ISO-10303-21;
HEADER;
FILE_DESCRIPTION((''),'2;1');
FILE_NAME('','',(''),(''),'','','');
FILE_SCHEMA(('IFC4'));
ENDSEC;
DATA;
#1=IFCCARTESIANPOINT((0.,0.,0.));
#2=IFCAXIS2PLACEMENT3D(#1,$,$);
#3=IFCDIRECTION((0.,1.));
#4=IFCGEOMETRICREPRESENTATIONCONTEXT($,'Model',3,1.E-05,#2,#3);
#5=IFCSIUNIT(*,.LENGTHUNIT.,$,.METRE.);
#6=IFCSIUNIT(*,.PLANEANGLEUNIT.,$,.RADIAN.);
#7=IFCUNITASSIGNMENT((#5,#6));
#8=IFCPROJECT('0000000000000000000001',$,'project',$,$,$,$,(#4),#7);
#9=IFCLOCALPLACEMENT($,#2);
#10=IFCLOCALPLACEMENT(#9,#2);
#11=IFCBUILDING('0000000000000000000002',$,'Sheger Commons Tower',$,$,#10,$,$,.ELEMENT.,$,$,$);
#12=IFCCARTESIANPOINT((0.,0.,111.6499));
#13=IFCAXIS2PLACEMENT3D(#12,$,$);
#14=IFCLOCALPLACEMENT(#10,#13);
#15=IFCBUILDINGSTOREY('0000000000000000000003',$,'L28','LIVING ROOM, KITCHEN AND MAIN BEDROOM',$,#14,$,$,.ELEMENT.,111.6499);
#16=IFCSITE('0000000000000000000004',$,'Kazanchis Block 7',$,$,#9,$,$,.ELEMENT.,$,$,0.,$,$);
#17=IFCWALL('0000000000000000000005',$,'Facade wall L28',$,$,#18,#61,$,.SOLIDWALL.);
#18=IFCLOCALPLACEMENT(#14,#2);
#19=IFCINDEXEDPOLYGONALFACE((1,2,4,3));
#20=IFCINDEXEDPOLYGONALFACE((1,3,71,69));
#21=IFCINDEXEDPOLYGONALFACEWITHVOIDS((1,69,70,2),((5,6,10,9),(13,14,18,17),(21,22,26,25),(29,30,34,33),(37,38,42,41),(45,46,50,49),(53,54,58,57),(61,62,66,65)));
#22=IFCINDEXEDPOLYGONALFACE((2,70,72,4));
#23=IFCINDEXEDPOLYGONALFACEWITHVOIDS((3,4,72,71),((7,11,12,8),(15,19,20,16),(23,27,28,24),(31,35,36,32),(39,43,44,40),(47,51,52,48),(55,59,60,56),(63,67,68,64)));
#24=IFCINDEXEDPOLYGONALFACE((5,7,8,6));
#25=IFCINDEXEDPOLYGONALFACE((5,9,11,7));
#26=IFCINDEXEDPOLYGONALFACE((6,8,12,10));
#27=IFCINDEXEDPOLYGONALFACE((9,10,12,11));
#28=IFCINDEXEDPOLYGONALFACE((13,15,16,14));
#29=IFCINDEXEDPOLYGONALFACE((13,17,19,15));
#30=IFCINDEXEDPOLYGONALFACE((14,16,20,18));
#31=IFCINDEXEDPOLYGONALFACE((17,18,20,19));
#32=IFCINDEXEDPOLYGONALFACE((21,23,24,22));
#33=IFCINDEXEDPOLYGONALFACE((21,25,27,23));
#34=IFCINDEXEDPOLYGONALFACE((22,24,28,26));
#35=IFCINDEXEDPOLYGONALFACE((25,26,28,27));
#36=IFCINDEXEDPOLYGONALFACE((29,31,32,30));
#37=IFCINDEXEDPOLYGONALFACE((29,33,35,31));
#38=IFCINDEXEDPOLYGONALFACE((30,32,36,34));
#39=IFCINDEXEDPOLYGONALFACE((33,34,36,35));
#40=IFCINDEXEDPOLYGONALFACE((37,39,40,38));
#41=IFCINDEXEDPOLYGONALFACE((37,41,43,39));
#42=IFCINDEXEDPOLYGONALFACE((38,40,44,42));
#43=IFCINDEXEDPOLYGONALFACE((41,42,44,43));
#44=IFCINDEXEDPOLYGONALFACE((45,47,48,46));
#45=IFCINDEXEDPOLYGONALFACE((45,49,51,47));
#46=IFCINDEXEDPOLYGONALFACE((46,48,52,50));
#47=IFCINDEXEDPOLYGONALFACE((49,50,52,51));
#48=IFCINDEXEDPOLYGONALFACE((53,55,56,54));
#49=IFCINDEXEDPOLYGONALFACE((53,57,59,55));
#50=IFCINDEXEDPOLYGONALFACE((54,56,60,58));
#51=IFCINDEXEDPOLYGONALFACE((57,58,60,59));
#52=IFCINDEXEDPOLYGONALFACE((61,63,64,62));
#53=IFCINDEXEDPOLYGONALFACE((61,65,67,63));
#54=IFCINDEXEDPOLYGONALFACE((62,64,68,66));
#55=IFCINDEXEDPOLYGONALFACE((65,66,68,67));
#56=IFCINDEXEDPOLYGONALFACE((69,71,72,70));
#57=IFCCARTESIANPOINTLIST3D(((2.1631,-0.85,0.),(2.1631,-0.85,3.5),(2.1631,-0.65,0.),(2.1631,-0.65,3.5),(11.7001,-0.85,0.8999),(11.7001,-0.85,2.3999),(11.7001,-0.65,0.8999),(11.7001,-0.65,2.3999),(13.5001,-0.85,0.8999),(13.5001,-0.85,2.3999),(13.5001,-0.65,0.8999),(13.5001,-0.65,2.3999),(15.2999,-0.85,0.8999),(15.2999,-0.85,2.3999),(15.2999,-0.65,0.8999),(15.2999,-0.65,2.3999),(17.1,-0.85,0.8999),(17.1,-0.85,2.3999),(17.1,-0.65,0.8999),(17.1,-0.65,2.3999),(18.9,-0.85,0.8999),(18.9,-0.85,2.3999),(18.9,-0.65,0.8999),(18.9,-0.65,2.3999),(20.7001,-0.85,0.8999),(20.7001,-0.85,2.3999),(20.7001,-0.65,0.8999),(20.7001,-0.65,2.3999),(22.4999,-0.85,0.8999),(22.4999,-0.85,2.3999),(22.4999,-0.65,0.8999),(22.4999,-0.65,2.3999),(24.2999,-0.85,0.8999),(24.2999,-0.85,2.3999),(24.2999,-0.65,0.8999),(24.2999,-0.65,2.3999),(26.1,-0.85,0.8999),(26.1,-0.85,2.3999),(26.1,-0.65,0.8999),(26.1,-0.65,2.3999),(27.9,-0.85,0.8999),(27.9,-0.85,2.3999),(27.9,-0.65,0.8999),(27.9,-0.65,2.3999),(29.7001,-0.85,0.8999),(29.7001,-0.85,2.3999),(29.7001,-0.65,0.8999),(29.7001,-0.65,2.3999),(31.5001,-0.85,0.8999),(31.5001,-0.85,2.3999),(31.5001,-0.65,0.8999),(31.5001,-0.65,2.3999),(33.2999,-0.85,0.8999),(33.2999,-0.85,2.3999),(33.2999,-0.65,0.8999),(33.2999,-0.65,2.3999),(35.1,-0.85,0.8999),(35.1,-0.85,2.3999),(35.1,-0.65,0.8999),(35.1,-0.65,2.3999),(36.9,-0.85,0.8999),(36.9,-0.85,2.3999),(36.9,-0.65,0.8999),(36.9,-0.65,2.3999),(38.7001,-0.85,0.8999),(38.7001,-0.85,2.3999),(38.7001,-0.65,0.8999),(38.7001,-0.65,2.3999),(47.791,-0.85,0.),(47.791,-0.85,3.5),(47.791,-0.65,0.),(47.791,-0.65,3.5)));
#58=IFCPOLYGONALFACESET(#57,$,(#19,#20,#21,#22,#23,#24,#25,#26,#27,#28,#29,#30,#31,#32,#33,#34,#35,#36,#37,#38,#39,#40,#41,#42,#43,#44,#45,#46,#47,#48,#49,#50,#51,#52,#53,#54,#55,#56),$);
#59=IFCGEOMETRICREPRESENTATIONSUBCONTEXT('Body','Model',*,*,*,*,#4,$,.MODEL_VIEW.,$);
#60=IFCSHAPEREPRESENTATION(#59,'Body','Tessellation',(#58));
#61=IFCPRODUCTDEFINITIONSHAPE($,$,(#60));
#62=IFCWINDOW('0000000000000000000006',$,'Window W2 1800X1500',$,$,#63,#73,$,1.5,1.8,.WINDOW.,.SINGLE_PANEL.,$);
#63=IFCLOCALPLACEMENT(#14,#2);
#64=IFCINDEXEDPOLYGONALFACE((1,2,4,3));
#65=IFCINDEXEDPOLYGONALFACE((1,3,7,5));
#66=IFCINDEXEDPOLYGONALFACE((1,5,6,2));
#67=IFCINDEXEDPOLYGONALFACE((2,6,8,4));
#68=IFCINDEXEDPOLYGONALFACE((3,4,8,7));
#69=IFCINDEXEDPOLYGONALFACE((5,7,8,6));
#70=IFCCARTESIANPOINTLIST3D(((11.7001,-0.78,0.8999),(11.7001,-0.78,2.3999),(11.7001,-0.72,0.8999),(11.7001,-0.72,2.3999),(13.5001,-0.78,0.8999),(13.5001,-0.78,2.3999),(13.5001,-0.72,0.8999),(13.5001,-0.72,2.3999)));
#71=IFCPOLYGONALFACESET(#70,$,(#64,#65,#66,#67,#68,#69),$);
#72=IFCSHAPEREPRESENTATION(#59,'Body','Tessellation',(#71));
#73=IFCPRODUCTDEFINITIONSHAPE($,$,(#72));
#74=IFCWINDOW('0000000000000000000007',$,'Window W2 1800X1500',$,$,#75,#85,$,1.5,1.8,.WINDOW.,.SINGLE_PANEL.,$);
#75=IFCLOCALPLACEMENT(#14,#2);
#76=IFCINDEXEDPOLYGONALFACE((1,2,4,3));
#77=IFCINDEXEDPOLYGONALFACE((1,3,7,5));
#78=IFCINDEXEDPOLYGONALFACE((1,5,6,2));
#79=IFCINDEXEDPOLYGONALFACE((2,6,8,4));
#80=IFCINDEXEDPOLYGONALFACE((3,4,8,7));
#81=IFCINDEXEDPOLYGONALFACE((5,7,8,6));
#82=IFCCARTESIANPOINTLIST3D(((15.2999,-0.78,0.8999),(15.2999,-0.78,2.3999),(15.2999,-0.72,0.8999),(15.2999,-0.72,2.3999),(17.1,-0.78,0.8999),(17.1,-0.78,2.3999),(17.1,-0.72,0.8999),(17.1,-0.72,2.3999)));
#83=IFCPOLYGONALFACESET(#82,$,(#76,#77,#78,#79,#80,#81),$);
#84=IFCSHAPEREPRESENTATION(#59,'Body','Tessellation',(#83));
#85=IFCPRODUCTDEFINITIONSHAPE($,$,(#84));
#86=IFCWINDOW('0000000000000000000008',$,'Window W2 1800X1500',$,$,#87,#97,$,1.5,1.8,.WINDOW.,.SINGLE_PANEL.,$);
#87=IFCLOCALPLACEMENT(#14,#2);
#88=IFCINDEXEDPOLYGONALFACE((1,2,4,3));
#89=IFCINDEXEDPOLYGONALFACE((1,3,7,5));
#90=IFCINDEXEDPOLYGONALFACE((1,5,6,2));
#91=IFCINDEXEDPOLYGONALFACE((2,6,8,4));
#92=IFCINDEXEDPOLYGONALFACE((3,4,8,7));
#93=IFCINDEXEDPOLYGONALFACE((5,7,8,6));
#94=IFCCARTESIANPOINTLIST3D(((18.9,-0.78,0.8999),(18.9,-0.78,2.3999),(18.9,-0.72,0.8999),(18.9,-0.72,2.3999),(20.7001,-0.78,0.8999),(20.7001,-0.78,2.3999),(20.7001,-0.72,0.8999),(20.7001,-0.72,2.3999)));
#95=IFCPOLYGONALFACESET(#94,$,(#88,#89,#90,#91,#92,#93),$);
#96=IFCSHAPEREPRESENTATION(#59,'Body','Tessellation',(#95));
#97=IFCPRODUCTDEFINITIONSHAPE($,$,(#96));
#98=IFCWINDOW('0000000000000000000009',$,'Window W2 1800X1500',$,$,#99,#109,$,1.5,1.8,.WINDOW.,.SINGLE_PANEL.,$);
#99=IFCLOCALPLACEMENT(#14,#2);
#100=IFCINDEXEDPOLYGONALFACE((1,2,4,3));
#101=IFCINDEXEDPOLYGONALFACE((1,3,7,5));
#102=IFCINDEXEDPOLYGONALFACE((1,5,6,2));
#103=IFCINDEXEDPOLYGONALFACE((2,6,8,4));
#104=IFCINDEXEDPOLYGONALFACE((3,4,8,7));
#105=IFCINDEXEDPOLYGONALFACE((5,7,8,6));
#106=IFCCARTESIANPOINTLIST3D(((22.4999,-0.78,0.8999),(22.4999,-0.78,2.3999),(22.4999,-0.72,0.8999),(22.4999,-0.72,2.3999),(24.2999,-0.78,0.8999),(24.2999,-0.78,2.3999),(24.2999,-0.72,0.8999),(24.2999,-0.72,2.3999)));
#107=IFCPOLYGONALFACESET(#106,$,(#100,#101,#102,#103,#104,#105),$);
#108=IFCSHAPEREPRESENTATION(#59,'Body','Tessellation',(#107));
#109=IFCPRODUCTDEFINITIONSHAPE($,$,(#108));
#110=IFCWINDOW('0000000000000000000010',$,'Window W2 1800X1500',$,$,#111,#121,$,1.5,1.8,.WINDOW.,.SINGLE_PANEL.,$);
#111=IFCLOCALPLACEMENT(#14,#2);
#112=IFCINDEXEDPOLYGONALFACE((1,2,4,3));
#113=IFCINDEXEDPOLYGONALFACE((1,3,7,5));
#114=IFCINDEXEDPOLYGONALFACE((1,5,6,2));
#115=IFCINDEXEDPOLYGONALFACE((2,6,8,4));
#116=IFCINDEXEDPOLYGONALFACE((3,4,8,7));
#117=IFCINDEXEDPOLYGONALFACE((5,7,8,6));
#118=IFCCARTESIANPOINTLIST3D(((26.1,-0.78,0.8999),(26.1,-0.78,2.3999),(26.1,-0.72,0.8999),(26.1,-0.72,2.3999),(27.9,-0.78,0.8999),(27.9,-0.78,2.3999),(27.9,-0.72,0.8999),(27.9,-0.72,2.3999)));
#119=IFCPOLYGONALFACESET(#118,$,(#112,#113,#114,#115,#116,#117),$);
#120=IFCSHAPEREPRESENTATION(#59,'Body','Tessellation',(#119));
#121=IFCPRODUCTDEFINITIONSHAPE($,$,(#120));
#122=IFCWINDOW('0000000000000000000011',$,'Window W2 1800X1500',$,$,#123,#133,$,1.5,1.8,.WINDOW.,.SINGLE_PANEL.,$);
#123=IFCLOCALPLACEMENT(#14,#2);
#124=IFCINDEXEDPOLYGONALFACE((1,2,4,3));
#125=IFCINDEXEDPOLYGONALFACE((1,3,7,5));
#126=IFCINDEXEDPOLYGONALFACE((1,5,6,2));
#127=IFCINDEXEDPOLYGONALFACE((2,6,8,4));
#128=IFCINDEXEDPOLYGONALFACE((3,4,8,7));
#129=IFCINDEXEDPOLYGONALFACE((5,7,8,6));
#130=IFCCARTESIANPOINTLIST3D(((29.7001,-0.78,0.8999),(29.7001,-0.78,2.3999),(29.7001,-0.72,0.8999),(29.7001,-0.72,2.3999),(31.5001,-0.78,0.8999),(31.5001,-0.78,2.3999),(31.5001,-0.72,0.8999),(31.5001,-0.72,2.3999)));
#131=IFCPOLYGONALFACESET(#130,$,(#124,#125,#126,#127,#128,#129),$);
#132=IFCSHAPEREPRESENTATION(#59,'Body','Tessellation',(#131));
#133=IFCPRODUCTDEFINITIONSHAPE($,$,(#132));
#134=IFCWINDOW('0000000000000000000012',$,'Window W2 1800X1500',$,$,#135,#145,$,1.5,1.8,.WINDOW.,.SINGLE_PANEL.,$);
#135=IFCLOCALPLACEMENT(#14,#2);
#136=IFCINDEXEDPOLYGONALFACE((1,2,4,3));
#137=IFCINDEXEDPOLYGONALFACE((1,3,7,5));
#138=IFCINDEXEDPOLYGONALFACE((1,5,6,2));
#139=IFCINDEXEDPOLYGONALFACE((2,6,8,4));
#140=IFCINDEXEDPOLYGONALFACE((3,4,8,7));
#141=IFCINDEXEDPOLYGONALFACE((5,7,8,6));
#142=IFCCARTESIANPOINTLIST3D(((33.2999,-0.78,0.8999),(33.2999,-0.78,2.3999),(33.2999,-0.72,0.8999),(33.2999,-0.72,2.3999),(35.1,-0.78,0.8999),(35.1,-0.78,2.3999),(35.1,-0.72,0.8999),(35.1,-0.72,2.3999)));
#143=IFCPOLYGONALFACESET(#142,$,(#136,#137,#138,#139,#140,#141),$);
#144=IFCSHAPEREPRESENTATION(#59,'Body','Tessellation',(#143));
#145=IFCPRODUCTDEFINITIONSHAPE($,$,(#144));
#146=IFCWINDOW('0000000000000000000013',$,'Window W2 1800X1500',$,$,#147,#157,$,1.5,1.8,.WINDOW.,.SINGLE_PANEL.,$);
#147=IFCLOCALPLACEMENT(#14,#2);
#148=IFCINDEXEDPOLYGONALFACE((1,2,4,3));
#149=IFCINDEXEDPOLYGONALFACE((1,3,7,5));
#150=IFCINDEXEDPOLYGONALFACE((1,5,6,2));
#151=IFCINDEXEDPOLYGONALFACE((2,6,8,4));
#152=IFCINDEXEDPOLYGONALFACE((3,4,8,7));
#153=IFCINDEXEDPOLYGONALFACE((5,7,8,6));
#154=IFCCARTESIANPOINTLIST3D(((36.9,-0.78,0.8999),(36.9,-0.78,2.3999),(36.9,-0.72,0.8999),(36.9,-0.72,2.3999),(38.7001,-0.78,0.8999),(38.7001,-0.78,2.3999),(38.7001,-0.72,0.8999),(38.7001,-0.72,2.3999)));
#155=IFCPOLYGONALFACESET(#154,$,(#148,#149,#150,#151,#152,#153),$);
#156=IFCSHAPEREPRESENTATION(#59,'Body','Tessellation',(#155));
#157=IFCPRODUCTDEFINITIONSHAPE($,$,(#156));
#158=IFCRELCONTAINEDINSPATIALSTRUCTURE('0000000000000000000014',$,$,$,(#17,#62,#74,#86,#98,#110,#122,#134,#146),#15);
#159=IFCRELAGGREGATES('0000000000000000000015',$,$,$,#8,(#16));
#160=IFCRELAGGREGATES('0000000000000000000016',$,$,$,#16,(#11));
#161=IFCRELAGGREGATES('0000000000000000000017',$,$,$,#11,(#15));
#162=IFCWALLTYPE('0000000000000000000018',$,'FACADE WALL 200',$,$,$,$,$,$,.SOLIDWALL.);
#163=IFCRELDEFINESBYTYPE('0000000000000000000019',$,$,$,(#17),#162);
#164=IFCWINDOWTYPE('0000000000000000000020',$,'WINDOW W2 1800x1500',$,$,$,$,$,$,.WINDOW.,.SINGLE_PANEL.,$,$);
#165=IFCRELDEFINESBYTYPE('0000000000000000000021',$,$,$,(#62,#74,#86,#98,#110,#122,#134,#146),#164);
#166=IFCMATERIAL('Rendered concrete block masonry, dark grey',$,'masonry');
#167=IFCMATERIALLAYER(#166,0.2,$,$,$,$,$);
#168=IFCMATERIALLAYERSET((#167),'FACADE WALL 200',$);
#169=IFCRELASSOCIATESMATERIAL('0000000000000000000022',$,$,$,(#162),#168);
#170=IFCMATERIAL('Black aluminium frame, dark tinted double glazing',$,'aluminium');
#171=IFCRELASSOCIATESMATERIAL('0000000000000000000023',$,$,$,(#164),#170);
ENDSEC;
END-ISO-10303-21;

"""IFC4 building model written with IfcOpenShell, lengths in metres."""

from ifc_helpers import new_model, si_unit, direction, frame, frame_2d, origin, place, context, subcontext, project, spatial, rectangle, extrude, material, layer, layer_set, type_object, element, fill, save


model = new_model("IFC4")

# Units and contexts
model_context = context("Model", 3, precision=1e-05, world=origin(), true_north=direction((0.0, 1.0)))
body_context = subcontext(model_context, "Body", "Model", "MODEL_VIEW")
ifc_project = project(units=[si_unit("LENGTHUNIT", "METRE"), si_unit("PLANEANGLEUNIT", "RADIAN")], contexts=[model_context])

# Site, building, storey
site_placement = place(None, origin())
site = spatial("IfcSite", under=ifc_project, at=site_placement, Name="Kazanchis Block 7", CompositionType="ELEMENT", RefElevation=0.0)
building_placement = place(site_placement, origin())
building = spatial("IfcBuilding", under=site, at=building_placement, Name="Sheger Commons Tower", CompositionType="ELEMENT")
storey_placement = place(building_placement, frame((0.0, 0.0, 111.6499)))
storey = spatial("IfcBuildingStorey", under=building, at=storey_placement, Name="L28", Description="LIVING ROOM, KITCHEN AND MAIN BEDROOM", CompositionType="ELEMENT", Elevation=111.6499)

# Wall, openings, windows
ifc_material_1 = material(Name="Rendered concrete block masonry, dark grey", Category="masonry")
ifc_layer_1 = layer(ifc_material_1, 0.2)
ifc_layer_set_1 = layer_set([ifc_layer_1], Name="FACADE WALL 200")
wall_type_1 = type_object("IfcWallType", Name="FACADE WALL 200", PredefinedType="SOLIDWALL", material=ifc_layer_set_1)
wall_1_placement = place(storey_placement, frame((2.1631, -0.75, 0.0), z_axis=(0.0, 0.0, 1.0), x_axis=(1.0, 0.0, 0.0)))
wall_1 = element("IfcWall", 1, at=wall_1_placement, inside=storey, type_object=wall_type_1, Name="Facade wall L28", PredefinedType="SOLIDWALL", context=body_context, shape_type="SweptSolid", body=[
    extrude(rectangle(XDim=45.6279, YDim=0.2, at=frame_2d((22.814, 0.0))), origin(), (0.0, 0.0, 1.0), 3.5),
])
opening_1_placement = place(wall_1_placement, frame((9.5371, 0.0, 0.8999)))
opening_1 = element("IfcOpeningElement", 2, at=opening_1_placement, cuts=wall_1, PredefinedType="OPENING", context=body_context, shape_type="SweptSolid", body=[
    extrude(rectangle(XDim=1.8, YDim=1.5, at=frame_2d((0.8999, 0.75))), frame((0.0, 0.1099, 0.0), z_axis=(0.0, -1.0, 0.0), x_axis=(1.0, 0.0, 0.0)), (0.0, 0.0, 1.0), 0.22),
])
opening_2_placement = place(wall_1_placement, frame((13.137, 0.0, 0.8999)))
opening_2 = element("IfcOpeningElement", 3, at=opening_2_placement, cuts=wall_1, PredefinedType="OPENING", context=body_context, shape_type="SweptSolid", body=[
    extrude(rectangle(XDim=1.8, YDim=1.5, at=frame_2d((0.8999, 0.75))), frame((0.0, 0.1099, 0.0), z_axis=(0.0, -1.0, 0.0), x_axis=(1.0, 0.0, 0.0)), (0.0, 0.0, 1.0), 0.22),
])
opening_3_placement = place(wall_1_placement, frame((16.7371, 0.0, 0.8999)))
opening_3 = element("IfcOpeningElement", 4, at=opening_3_placement, cuts=wall_1, PredefinedType="OPENING", context=body_context, shape_type="SweptSolid", body=[
    extrude(rectangle(XDim=1.8, YDim=1.5, at=frame_2d((0.8999, 0.75))), frame((0.0, 0.1099, 0.0), z_axis=(0.0, -1.0, 0.0), x_axis=(1.0, 0.0, 0.0)), (0.0, 0.0, 1.0), 0.22),
])
opening_4_placement = place(wall_1_placement, frame((20.3369, 0.0, 0.8999)))
opening_4 = element("IfcOpeningElement", 5, at=opening_4_placement, cuts=wall_1, PredefinedType="OPENING", context=body_context, shape_type="SweptSolid", body=[
    extrude(rectangle(XDim=1.8, YDim=1.5, at=frame_2d((0.8999, 0.75))), frame((0.0, 0.1099, 0.0), z_axis=(0.0, -1.0, 0.0), x_axis=(1.0, 0.0, 0.0)), (0.0, 0.0, 1.0), 0.22),
])
opening_5_placement = place(wall_1_placement, frame((23.937, 0.0, 0.8999)))
opening_5 = element("IfcOpeningElement", 6, at=opening_5_placement, cuts=wall_1, PredefinedType="OPENING", context=body_context, shape_type="SweptSolid", body=[
    extrude(rectangle(XDim=1.8, YDim=1.5, at=frame_2d((0.8999, 0.75))), frame((0.0, 0.1099, 0.0), z_axis=(0.0, -1.0, 0.0), x_axis=(1.0, 0.0, 0.0)), (0.0, 0.0, 1.0), 0.22),
])
opening_6_placement = place(wall_1_placement, frame((27.5371, 0.0, 0.8999)))
opening_6 = element("IfcOpeningElement", 7, at=opening_6_placement, cuts=wall_1, PredefinedType="OPENING", context=body_context, shape_type="SweptSolid", body=[
    extrude(rectangle(XDim=1.8, YDim=1.5, at=frame_2d((0.8999, 0.75))), frame((0.0, 0.1099, 0.0), z_axis=(0.0, -1.0, 0.0), x_axis=(1.0, 0.0, 0.0)), (0.0, 0.0, 1.0), 0.22),
])
opening_7_placement = place(wall_1_placement, frame((31.137, 0.0, 0.8999)))
opening_7 = element("IfcOpeningElement", 8, at=opening_7_placement, cuts=wall_1, PredefinedType="OPENING", context=body_context, shape_type="SweptSolid", body=[
    extrude(rectangle(XDim=1.8, YDim=1.5, at=frame_2d((0.8999, 0.75))), frame((0.0, 0.1099, 0.0), z_axis=(0.0, -1.0, 0.0), x_axis=(1.0, 0.0, 0.0)), (0.0, 0.0, 1.0), 0.22),
])
opening_8_placement = place(wall_1_placement, frame((34.7371, 0.0, 0.8999)))
opening_8 = element("IfcOpeningElement", 9, at=opening_8_placement, cuts=wall_1, PredefinedType="OPENING", context=body_context, shape_type="SweptSolid", body=[
    extrude(rectangle(XDim=1.8, YDim=1.5, at=frame_2d((0.8999, 0.75))), frame((0.0, 0.1099, 0.0), z_axis=(0.0, -1.0, 0.0), x_axis=(1.0, 0.0, 0.0)), (0.0, 0.0, 1.0), 0.22),
])
ifc_material_2 = material(Name="Black aluminium frame, dark tinted double glazing", Category="aluminium")
window_type = type_object("IfcWindowType", Name="WINDOW W2 1800x1500", PartitioningType="SINGLE_PANEL", PredefinedType="WINDOW", material=ifc_material_2)
window_1_placement = place(opening_1_placement, origin())
window_1 = element("IfcWindow", 10, at=window_1_placement, inside=storey, type_object=window_type, Name="Window W2 1800X1500", OverallHeight=1.5, OverallWidth=1.8, PartitioningType="SINGLE_PANEL", PredefinedType="WINDOW", context=body_context, shape_type="SweptSolid", body=[
    extrude(rectangle(XDim=1.8, YDim=1.5, at=frame_2d((0.8999, 0.75))), frame((0.0, 0.03, 0.0), z_axis=(0.0, -1.0, 0.0), x_axis=(1.0, 0.0, 0.0)), (0.0, 0.0, 1.0), 0.0601),
])
fill(opening_1, window_1)
window_2_placement = place(opening_2_placement, origin())
window_2 = element("IfcWindow", 11, at=window_2_placement, inside=storey, type_object=window_type, Name="Window W2 1800X1500", OverallHeight=1.5, OverallWidth=1.8, PartitioningType="SINGLE_PANEL", PredefinedType="WINDOW", context=body_context, shape_type="SweptSolid", body=[
    extrude(rectangle(XDim=1.8, YDim=1.5, at=frame_2d((0.8999, 0.75))), frame((0.0, 0.03, 0.0), z_axis=(0.0, -1.0, 0.0), x_axis=(1.0, 0.0, 0.0)), (0.0, 0.0, 1.0), 0.0601),
])
fill(opening_2, window_2)
window_3_placement = place(opening_3_placement, origin())
window_3 = element("IfcWindow", 12, at=window_3_placement, inside=storey, type_object=window_type, Name="Window W2 1800X1500", OverallHeight=1.5, OverallWidth=1.8, PartitioningType="SINGLE_PANEL", PredefinedType="WINDOW", context=body_context, shape_type="SweptSolid", body=[
    extrude(rectangle(XDim=1.8, YDim=1.5, at=frame_2d((0.8999, 0.75))), frame((0.0, 0.03, 0.0), z_axis=(0.0, -1.0, 0.0), x_axis=(1.0, 0.0, 0.0)), (0.0, 0.0, 1.0), 0.0601),
])
fill(opening_3, window_3)
window_4_placement = place(opening_4_placement, origin())
window_4 = element("IfcWindow", 13, at=window_4_placement, inside=storey, type_object=window_type, Name="Window W2 1800X1500", OverallHeight=1.5, OverallWidth=1.8, PartitioningType="SINGLE_PANEL", PredefinedType="WINDOW", context=body_context, shape_type="SweptSolid", body=[
    extrude(rectangle(XDim=1.8, YDim=1.5, at=frame_2d((0.8999, 0.75))), frame((0.0, 0.03, 0.0), z_axis=(0.0, -1.0, 0.0), x_axis=(1.0, 0.0, 0.0)), (0.0, 0.0, 1.0), 0.0601),
])
fill(opening_4, window_4)
window_5_placement = place(opening_5_placement, origin())
window_5 = element("IfcWindow", 14, at=window_5_placement, inside=storey, type_object=window_type, Name="Window W2 1800X1500", OverallHeight=1.5, OverallWidth=1.8, PartitioningType="SINGLE_PANEL", PredefinedType="WINDOW", context=body_context, shape_type="SweptSolid", body=[
    extrude(rectangle(XDim=1.8, YDim=1.5, at=frame_2d((0.8999, 0.75))), frame((0.0, 0.03, 0.0), z_axis=(0.0, -1.0, 0.0), x_axis=(1.0, 0.0, 0.0)), (0.0, 0.0, 1.0), 0.0601),
])
fill(opening_5, window_5)
window_6_placement = place(opening_6_placement, origin())
window_6 = element("IfcWindow", 15, at=window_6_placement, inside=storey, type_object=window_type, Name="Window W2 1800X1500", OverallHeight=1.5, OverallWidth=1.8, PartitioningType="SINGLE_PANEL", PredefinedType="WINDOW", context=body_context, shape_type="SweptSolid", body=[
    extrude(rectangle(XDim=1.8, YDim=1.5, at=frame_2d((0.8999, 0.75))), frame((0.0, 0.03, 0.0), z_axis=(0.0, -1.0, 0.0), x_axis=(1.0, 0.0, 0.0)), (0.0, 0.0, 1.0), 0.0601),
])
fill(opening_6, window_6)
window_7_placement = place(opening_7_placement, origin())
window_7 = element("IfcWindow", 16, at=window_7_placement, inside=storey, type_object=window_type, Name="Window W2 1800X1500", OverallHeight=1.5, OverallWidth=1.8, PartitioningType="SINGLE_PANEL", PredefinedType="WINDOW", context=body_context, shape_type="SweptSolid", body=[
    extrude(rectangle(XDim=1.8, YDim=1.5, at=frame_2d((0.8999, 0.75))), frame((0.0, 0.03, 0.0), z_axis=(0.0, -1.0, 0.0), x_axis=(1.0, 0.0, 0.0)), (0.0, 0.0, 1.0), 0.0601),
])
fill(opening_7, window_7)
window_8_placement = place(opening_8_placement, origin())
window_8 = element("IfcWindow", 17, at=window_8_placement, inside=storey, type_object=window_type, Name="Window W2 1800X1500", OverallHeight=1.5, OverallWidth=1.8, PartitioningType="SINGLE_PANEL", PredefinedType="WINDOW", context=body_context, shape_type="SweptSolid", body=[
    extrude(rectangle(XDim=1.8, YDim=1.5, at=frame_2d((0.8999, 0.75))), frame((0.0, 0.03, 0.0), z_axis=(0.0, -1.0, 0.0), x_axis=(1.0, 0.0, 0.0)), (0.0, 0.0, 1.0), 0.0601),
])
fill(opening_8, window_8)

save(model, "model.ifc")
